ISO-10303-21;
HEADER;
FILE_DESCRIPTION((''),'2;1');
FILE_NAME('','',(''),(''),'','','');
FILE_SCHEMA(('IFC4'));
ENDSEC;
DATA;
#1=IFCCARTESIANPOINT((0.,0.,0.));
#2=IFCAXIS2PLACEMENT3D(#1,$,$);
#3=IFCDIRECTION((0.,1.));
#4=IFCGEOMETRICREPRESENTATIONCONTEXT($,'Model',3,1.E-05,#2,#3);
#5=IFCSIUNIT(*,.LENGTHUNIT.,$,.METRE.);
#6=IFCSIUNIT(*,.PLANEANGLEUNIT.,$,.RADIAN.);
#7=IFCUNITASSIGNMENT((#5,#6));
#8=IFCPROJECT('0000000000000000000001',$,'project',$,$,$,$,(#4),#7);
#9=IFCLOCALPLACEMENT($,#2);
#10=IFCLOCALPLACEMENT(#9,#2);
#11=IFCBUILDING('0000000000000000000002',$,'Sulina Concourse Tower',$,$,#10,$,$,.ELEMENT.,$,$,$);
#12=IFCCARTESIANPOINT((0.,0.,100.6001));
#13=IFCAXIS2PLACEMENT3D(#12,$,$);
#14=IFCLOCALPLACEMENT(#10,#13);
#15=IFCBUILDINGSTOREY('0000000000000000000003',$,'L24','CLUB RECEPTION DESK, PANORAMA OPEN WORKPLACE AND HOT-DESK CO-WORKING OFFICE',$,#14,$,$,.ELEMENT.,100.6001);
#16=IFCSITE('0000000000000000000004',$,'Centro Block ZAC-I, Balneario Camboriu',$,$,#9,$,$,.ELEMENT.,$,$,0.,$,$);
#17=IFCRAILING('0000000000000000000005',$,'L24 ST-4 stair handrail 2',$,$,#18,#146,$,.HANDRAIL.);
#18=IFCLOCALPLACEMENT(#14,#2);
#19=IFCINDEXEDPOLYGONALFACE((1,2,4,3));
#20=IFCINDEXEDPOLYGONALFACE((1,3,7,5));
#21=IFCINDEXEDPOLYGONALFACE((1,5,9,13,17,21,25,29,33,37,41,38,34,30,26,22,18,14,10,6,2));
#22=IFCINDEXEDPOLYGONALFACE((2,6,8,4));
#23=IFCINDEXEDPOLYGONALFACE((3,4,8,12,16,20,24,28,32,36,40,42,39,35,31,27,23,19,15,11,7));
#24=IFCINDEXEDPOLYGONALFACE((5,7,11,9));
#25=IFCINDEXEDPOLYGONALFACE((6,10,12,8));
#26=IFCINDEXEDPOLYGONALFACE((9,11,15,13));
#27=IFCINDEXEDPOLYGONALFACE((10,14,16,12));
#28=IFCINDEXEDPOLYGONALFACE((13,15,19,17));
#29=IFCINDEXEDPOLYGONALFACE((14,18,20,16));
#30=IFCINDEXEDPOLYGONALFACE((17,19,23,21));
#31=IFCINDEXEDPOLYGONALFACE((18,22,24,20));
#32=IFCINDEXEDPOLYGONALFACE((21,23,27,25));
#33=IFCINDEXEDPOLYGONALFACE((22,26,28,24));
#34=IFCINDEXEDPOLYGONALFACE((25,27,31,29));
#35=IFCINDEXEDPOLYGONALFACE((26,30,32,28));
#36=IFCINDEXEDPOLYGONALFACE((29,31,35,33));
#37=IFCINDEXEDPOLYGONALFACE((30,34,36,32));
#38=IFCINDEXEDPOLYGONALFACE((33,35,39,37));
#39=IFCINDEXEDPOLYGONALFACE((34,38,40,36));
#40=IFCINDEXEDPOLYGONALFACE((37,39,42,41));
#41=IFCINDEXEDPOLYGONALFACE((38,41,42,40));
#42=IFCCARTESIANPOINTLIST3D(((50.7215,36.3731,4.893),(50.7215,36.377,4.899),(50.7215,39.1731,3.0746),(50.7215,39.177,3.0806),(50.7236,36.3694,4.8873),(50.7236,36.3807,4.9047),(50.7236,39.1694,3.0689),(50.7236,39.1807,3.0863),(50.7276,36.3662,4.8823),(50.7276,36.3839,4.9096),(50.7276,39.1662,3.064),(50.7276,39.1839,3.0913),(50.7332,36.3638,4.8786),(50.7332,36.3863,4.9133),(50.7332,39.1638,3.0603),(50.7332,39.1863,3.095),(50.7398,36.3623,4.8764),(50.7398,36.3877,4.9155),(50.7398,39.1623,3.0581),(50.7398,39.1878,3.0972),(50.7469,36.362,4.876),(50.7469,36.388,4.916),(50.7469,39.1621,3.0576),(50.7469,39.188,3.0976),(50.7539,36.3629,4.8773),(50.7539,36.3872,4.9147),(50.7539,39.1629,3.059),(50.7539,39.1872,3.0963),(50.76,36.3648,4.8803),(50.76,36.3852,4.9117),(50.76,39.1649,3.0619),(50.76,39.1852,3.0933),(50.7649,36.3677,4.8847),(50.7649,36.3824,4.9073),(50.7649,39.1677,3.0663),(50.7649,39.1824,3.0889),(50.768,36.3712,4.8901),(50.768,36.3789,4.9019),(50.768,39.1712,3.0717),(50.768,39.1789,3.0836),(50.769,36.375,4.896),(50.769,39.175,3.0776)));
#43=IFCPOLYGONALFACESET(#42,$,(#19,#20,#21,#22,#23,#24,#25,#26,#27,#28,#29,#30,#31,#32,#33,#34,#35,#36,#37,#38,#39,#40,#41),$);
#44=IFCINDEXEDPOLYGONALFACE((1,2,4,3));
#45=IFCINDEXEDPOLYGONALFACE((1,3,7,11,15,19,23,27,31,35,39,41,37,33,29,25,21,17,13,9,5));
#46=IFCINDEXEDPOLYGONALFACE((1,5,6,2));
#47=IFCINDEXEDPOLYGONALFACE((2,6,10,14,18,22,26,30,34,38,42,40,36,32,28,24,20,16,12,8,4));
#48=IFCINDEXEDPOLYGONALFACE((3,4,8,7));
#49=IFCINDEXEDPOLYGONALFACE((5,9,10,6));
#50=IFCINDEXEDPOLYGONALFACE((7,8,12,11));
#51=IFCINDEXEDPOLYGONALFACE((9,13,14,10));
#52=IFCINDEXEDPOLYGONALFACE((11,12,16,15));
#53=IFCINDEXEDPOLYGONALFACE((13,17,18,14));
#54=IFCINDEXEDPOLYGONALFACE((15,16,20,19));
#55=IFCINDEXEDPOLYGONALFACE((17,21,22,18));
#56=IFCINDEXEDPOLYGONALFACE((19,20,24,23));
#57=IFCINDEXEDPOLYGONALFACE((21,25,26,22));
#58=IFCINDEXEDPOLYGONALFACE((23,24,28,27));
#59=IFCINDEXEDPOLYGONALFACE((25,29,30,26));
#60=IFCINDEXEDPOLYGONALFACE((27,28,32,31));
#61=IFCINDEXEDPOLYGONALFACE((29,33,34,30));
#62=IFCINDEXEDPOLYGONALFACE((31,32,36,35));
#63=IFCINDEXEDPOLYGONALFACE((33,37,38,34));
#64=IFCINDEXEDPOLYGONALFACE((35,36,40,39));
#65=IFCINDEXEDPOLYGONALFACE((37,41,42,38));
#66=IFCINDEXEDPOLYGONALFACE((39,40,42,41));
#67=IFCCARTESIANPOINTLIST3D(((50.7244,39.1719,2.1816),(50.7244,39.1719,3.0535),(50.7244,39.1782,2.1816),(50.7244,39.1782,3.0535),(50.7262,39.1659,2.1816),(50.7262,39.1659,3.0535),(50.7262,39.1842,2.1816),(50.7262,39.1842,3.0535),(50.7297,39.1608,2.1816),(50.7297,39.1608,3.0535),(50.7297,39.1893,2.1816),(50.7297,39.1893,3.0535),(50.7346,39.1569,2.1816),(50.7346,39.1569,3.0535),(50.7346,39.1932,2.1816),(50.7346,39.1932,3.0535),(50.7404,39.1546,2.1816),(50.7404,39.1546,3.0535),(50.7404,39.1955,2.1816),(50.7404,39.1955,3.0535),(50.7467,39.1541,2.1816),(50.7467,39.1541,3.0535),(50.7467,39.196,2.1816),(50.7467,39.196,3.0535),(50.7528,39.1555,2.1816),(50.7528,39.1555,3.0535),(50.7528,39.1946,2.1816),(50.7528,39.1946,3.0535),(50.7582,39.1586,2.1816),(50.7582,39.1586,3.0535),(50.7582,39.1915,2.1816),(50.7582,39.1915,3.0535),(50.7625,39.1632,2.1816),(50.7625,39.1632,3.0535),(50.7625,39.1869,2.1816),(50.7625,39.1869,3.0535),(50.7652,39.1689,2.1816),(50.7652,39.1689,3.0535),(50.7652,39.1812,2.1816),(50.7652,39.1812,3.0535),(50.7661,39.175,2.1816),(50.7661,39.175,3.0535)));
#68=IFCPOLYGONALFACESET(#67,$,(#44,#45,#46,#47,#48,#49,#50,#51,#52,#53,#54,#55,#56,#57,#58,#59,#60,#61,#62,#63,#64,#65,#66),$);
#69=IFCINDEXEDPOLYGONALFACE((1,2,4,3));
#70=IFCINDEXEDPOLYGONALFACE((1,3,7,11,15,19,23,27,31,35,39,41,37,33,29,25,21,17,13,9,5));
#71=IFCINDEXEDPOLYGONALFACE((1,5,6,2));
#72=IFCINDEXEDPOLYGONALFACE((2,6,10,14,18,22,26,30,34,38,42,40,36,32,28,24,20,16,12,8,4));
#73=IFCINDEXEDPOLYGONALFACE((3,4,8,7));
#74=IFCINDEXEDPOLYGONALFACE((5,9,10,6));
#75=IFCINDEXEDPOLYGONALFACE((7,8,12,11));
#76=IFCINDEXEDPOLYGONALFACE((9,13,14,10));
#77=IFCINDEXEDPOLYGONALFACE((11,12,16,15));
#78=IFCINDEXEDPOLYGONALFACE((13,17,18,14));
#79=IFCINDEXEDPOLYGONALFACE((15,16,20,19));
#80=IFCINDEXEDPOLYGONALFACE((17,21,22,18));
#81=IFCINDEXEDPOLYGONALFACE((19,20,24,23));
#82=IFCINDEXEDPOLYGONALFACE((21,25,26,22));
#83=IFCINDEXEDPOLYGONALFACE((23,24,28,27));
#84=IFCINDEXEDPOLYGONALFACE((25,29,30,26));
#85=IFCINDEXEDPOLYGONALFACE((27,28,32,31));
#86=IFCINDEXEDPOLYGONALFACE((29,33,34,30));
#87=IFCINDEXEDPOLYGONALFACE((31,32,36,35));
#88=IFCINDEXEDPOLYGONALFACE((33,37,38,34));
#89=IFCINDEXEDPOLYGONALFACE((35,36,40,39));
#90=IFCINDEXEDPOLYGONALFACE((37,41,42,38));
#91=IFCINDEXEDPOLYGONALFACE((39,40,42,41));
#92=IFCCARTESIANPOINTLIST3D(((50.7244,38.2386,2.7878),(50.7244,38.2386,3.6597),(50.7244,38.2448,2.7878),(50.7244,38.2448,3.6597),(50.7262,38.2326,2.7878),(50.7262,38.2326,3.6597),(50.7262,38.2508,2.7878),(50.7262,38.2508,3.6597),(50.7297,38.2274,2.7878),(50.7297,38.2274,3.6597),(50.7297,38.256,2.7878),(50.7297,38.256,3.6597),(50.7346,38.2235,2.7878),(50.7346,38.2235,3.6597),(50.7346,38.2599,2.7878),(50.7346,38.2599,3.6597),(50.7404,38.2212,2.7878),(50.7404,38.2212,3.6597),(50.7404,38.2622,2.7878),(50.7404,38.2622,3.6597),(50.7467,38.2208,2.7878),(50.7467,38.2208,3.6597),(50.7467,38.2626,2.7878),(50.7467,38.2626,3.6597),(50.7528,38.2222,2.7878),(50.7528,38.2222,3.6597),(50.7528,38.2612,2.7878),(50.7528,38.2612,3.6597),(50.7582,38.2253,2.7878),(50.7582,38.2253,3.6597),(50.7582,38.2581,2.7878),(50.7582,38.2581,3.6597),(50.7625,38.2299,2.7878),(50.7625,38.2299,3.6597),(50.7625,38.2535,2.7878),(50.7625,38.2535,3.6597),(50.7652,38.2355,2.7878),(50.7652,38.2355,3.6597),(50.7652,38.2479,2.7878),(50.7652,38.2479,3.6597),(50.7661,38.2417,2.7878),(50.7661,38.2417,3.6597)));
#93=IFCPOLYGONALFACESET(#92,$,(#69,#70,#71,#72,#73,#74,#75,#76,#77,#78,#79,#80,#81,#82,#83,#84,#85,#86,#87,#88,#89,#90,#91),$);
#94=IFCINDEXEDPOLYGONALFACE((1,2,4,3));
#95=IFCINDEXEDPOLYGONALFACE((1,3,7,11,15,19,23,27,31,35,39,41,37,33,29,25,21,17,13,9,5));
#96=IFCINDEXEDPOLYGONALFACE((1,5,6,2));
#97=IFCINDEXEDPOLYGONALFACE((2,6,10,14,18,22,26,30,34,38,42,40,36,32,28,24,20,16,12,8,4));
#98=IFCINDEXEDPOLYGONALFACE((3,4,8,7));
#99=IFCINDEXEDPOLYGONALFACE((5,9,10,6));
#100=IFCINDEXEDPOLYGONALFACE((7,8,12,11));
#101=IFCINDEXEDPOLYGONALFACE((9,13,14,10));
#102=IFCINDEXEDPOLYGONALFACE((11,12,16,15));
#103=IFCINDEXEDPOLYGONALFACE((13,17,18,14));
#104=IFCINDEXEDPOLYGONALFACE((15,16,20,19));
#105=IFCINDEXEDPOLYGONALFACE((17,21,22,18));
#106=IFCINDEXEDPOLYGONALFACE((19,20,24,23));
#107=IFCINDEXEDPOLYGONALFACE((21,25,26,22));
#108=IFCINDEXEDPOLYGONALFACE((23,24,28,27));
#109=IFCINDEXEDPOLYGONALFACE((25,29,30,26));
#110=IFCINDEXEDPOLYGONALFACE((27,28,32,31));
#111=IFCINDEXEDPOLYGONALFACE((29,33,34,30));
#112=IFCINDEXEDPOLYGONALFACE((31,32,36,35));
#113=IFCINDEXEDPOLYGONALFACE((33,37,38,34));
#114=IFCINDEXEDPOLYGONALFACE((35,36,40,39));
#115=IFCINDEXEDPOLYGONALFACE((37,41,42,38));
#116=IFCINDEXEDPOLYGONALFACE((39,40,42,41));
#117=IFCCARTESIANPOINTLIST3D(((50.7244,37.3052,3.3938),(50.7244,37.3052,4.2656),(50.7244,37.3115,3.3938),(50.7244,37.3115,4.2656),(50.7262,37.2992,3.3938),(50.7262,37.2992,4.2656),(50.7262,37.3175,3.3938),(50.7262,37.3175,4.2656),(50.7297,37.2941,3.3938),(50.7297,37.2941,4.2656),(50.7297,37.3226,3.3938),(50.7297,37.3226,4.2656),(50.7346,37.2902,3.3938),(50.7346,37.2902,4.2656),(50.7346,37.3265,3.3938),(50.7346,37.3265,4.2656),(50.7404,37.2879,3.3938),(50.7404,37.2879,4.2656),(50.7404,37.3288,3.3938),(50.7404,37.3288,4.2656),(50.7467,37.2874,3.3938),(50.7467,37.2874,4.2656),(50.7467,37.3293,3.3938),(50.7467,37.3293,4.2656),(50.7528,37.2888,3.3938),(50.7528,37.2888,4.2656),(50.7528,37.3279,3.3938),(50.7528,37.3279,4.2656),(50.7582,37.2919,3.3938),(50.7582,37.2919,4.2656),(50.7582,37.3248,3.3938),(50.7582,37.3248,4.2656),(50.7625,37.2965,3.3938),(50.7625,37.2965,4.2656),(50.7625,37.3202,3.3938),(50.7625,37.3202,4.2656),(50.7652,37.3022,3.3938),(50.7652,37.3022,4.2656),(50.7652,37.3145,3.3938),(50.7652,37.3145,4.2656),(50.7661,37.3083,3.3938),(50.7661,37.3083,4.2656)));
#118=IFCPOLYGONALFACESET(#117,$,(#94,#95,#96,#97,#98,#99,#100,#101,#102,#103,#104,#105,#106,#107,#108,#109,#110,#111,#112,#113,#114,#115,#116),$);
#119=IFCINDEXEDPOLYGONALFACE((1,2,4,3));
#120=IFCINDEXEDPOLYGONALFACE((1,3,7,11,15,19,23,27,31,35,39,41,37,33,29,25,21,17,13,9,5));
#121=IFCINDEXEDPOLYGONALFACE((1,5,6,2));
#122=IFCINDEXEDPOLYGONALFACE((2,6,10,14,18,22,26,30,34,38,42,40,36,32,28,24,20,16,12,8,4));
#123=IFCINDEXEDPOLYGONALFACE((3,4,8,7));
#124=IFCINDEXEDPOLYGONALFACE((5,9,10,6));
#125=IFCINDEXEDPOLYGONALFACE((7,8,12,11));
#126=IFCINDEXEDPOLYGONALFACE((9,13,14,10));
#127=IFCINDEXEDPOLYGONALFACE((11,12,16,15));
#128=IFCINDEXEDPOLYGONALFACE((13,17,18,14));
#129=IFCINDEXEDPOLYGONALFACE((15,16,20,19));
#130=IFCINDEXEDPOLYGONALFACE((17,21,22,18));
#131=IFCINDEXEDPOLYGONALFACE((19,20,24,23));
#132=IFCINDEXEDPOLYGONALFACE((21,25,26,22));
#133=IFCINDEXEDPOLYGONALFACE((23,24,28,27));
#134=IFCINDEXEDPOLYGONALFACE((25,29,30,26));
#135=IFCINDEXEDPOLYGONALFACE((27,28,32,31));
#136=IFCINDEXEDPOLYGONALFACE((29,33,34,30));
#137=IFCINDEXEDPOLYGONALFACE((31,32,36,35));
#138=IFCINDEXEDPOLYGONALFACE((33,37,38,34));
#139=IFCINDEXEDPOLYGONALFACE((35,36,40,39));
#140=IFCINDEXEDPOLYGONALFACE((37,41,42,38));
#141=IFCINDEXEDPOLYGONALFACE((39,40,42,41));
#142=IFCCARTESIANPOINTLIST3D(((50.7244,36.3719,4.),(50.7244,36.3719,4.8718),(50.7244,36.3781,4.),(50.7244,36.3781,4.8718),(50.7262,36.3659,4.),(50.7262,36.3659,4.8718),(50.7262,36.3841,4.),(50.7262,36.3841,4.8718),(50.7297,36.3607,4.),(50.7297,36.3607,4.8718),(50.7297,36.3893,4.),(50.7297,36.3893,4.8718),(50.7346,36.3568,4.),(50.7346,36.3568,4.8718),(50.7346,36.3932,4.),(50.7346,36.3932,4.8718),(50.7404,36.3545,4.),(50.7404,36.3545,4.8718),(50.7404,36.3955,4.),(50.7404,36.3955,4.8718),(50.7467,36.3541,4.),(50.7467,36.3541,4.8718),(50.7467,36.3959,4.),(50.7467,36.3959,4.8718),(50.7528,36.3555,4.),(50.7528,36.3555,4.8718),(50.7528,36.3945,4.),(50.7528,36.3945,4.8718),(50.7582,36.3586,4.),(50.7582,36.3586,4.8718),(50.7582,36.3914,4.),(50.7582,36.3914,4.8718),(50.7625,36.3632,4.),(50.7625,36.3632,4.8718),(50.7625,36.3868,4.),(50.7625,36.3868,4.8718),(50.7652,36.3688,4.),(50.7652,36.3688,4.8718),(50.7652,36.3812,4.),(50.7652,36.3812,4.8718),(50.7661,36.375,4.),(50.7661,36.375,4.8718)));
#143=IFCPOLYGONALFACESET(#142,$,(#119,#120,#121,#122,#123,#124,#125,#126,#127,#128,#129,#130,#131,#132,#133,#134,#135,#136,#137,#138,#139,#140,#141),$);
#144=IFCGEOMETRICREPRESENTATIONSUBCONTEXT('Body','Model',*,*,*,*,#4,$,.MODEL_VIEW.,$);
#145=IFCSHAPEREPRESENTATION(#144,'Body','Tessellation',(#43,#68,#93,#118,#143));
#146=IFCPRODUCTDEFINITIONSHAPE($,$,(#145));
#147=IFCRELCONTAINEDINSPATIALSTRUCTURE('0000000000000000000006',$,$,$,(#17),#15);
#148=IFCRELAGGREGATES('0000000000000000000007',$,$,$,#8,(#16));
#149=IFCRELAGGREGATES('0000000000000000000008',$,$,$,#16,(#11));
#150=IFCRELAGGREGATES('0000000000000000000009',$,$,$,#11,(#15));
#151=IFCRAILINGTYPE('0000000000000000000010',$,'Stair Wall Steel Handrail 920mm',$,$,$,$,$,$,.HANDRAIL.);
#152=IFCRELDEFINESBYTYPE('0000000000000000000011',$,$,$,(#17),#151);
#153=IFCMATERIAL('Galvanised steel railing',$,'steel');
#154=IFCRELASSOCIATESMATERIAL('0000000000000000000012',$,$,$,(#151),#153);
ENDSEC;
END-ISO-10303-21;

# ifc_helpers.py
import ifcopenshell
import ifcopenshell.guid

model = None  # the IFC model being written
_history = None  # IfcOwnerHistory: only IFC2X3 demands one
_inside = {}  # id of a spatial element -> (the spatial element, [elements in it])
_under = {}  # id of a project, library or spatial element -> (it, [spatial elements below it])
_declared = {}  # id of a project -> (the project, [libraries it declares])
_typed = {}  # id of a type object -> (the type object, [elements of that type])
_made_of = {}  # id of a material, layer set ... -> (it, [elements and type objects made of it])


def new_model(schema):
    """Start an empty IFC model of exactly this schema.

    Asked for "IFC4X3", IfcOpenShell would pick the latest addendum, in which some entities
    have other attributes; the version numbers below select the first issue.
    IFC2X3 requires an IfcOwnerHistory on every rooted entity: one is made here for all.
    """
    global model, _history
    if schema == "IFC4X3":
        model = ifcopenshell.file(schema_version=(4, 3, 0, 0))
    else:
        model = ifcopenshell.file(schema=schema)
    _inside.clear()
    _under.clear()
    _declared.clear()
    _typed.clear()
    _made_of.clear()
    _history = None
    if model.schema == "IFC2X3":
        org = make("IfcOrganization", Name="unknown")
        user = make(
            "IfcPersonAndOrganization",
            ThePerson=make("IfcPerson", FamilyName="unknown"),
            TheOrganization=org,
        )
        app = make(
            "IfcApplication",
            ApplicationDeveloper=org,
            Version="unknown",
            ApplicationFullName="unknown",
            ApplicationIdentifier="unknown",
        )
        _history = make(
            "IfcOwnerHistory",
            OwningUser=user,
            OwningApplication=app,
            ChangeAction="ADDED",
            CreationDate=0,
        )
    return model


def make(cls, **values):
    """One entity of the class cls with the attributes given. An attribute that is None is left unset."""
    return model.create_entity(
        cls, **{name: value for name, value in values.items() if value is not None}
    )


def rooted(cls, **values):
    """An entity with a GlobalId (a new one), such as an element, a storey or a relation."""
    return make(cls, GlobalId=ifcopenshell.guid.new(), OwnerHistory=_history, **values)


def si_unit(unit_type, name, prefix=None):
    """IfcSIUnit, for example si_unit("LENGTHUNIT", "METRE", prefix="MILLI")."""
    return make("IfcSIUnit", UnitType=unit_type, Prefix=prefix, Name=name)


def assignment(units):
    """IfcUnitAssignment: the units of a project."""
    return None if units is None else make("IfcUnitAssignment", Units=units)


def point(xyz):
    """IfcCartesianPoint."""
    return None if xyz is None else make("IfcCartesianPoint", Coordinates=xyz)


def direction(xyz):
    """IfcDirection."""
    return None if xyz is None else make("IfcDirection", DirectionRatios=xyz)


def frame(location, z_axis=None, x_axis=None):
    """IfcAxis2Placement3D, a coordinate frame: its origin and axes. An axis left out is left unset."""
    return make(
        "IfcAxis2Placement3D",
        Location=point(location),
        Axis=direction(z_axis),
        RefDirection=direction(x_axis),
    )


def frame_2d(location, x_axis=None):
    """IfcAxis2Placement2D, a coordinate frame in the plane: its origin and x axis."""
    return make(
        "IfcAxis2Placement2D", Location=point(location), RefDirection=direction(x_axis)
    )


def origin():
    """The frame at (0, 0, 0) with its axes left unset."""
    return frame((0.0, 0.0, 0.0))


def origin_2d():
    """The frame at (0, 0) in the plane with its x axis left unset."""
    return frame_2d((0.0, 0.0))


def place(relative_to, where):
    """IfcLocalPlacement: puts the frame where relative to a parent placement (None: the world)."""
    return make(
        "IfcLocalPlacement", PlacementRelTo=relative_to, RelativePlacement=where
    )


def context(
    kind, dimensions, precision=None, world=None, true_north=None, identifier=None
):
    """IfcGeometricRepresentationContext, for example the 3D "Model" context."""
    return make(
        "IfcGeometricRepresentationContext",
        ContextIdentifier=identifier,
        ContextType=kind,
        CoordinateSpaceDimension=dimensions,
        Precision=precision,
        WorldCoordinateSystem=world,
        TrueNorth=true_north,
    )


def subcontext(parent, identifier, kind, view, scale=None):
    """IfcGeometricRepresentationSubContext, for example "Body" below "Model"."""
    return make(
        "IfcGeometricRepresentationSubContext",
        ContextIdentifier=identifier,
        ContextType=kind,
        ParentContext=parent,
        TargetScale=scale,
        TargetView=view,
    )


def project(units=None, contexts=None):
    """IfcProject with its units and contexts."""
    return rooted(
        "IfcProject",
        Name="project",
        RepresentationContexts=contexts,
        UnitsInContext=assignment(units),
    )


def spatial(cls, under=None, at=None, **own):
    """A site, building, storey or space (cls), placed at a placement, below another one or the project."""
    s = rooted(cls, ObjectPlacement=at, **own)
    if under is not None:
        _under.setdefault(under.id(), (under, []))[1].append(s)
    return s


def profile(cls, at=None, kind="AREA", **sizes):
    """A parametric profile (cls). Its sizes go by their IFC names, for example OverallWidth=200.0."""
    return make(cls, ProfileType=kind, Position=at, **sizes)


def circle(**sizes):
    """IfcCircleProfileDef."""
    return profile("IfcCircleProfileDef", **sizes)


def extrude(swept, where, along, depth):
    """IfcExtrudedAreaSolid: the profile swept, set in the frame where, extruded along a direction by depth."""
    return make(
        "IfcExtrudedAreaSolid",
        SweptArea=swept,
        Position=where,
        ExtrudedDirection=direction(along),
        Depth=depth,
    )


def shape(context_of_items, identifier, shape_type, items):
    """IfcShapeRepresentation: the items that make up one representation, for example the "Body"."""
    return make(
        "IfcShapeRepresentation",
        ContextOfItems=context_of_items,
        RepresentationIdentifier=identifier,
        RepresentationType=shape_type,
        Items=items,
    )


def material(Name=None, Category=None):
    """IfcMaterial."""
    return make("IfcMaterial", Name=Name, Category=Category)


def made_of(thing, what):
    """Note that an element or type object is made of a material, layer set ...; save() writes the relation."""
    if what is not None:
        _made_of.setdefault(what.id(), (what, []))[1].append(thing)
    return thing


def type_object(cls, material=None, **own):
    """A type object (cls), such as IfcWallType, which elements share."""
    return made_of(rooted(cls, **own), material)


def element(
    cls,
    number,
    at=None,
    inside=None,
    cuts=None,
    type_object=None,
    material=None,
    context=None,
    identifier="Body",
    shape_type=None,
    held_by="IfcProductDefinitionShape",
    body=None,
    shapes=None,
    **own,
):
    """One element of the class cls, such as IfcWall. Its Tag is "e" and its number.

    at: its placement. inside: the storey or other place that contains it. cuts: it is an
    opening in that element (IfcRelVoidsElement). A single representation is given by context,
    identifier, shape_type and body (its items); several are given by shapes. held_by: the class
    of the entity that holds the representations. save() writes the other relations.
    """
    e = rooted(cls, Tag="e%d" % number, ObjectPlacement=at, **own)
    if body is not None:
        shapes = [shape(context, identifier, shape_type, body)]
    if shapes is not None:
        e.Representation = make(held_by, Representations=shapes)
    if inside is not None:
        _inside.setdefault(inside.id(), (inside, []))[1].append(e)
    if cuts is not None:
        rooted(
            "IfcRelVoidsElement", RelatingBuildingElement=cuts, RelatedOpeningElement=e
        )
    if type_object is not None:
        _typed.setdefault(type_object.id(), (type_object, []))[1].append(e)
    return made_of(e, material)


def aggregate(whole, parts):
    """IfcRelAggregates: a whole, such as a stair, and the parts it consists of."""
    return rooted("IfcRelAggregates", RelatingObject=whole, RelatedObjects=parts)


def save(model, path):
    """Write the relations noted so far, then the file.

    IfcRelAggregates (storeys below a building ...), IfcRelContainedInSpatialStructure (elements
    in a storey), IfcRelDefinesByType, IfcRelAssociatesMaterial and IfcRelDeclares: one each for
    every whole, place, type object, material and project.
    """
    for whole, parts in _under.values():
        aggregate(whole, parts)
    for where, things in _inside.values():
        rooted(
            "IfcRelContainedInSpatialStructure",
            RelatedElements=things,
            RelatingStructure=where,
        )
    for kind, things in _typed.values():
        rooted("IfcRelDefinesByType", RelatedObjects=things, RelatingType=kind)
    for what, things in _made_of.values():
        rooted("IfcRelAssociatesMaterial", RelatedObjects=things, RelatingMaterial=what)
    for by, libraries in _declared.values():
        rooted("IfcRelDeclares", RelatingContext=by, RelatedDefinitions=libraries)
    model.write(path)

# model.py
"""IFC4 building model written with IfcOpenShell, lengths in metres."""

from ifc_helpers import new_model, si_unit, direction, frame, origin, origin_2d, place, context, subcontext, project, spatial, circle, extrude, material, type_object, element, save


model = new_model("IFC4")

# Units and contexts
model_context = context("Model", 3, precision=1e-05, world=origin(), true_north=direction((0.0, 1.0)))
body_context = subcontext(model_context, "Body", "Model", "MODEL_VIEW")
ifc_project = project(units=[si_unit("LENGTHUNIT", "METRE"), si_unit("PLANEANGLEUNIT", "RADIAN")], contexts=[model_context])

# Site, building, storey
site_placement = place(None, origin())
site = spatial("IfcSite", under=ifc_project, at=site_placement, Name="Centro Block ZAC-I, Balneario Camboriu", CompositionType="ELEMENT", RefElevation=0.0)
building_placement = place(site_placement, origin())
building = spatial("IfcBuilding", under=site, at=building_placement, Name="Sulina Concourse Tower", CompositionType="ELEMENT")
storey_placement = place(building_placement, frame((0.0, 0.0, 100.6001)))
storey = spatial("IfcBuildingStorey", under=building, at=storey_placement, Name="L24", Description="CLUB RECEPTION DESK, PANORAMA OPEN WORKPLACE AND HOT-DESK CO-WORKING OFFICE", CompositionType="ELEMENT", Elevation=100.6001)

# Railing
ifc_material_1 = material(Name="Galvanised steel railing", Category="steel")
railing_type_1 = type_object("IfcRailingType", Name="Stair Wall Steel Handrail 920mm", PredefinedType="HANDRAIL", material=ifc_material_1)
railing_1_placement = place(storey_placement, frame((50.7451, 39.175, 2.1816)))
element("IfcRailing", 1, at=railing_1_placement, inside=storey, type_object=railing_type_1, Name="L24 ST-4 stair handrail 2", PredefinedType="HANDRAIL", context=body_context, shape_type="SweptSolid", body=[
    extrude(circle(Radius=0.0239, at=origin_2d()), frame((0.0, 0.0, 0.896), z_axis=(0.0, -0.838672, 0.544636), x_axis=(1.0, 0.0, 0.0)), (0.0, 0.0, 1.0), 3.3386),
    extrude(circle(Radius=0.021, at=origin_2d()), origin(), (0.0, 0.0, 1.0), 0.8718),
    extrude(circle(Radius=0.021, at=origin_2d()), frame((0.0, -0.9333, 0.6062)), (0.0, 0.0, 1.0), 0.8718),
    extrude(circle(Radius=0.021, at=origin_2d()), frame((0.0, -1.8667, 1.2122)), (0.0, 0.0, 1.0), 0.8718),
    extrude(circle(Radius=0.021, at=origin_2d()), frame((0.0, -2.8, 1.8184)), (0.0, 0.0, 1.0), 0.8718),
])

save(model, "model.ifc")
